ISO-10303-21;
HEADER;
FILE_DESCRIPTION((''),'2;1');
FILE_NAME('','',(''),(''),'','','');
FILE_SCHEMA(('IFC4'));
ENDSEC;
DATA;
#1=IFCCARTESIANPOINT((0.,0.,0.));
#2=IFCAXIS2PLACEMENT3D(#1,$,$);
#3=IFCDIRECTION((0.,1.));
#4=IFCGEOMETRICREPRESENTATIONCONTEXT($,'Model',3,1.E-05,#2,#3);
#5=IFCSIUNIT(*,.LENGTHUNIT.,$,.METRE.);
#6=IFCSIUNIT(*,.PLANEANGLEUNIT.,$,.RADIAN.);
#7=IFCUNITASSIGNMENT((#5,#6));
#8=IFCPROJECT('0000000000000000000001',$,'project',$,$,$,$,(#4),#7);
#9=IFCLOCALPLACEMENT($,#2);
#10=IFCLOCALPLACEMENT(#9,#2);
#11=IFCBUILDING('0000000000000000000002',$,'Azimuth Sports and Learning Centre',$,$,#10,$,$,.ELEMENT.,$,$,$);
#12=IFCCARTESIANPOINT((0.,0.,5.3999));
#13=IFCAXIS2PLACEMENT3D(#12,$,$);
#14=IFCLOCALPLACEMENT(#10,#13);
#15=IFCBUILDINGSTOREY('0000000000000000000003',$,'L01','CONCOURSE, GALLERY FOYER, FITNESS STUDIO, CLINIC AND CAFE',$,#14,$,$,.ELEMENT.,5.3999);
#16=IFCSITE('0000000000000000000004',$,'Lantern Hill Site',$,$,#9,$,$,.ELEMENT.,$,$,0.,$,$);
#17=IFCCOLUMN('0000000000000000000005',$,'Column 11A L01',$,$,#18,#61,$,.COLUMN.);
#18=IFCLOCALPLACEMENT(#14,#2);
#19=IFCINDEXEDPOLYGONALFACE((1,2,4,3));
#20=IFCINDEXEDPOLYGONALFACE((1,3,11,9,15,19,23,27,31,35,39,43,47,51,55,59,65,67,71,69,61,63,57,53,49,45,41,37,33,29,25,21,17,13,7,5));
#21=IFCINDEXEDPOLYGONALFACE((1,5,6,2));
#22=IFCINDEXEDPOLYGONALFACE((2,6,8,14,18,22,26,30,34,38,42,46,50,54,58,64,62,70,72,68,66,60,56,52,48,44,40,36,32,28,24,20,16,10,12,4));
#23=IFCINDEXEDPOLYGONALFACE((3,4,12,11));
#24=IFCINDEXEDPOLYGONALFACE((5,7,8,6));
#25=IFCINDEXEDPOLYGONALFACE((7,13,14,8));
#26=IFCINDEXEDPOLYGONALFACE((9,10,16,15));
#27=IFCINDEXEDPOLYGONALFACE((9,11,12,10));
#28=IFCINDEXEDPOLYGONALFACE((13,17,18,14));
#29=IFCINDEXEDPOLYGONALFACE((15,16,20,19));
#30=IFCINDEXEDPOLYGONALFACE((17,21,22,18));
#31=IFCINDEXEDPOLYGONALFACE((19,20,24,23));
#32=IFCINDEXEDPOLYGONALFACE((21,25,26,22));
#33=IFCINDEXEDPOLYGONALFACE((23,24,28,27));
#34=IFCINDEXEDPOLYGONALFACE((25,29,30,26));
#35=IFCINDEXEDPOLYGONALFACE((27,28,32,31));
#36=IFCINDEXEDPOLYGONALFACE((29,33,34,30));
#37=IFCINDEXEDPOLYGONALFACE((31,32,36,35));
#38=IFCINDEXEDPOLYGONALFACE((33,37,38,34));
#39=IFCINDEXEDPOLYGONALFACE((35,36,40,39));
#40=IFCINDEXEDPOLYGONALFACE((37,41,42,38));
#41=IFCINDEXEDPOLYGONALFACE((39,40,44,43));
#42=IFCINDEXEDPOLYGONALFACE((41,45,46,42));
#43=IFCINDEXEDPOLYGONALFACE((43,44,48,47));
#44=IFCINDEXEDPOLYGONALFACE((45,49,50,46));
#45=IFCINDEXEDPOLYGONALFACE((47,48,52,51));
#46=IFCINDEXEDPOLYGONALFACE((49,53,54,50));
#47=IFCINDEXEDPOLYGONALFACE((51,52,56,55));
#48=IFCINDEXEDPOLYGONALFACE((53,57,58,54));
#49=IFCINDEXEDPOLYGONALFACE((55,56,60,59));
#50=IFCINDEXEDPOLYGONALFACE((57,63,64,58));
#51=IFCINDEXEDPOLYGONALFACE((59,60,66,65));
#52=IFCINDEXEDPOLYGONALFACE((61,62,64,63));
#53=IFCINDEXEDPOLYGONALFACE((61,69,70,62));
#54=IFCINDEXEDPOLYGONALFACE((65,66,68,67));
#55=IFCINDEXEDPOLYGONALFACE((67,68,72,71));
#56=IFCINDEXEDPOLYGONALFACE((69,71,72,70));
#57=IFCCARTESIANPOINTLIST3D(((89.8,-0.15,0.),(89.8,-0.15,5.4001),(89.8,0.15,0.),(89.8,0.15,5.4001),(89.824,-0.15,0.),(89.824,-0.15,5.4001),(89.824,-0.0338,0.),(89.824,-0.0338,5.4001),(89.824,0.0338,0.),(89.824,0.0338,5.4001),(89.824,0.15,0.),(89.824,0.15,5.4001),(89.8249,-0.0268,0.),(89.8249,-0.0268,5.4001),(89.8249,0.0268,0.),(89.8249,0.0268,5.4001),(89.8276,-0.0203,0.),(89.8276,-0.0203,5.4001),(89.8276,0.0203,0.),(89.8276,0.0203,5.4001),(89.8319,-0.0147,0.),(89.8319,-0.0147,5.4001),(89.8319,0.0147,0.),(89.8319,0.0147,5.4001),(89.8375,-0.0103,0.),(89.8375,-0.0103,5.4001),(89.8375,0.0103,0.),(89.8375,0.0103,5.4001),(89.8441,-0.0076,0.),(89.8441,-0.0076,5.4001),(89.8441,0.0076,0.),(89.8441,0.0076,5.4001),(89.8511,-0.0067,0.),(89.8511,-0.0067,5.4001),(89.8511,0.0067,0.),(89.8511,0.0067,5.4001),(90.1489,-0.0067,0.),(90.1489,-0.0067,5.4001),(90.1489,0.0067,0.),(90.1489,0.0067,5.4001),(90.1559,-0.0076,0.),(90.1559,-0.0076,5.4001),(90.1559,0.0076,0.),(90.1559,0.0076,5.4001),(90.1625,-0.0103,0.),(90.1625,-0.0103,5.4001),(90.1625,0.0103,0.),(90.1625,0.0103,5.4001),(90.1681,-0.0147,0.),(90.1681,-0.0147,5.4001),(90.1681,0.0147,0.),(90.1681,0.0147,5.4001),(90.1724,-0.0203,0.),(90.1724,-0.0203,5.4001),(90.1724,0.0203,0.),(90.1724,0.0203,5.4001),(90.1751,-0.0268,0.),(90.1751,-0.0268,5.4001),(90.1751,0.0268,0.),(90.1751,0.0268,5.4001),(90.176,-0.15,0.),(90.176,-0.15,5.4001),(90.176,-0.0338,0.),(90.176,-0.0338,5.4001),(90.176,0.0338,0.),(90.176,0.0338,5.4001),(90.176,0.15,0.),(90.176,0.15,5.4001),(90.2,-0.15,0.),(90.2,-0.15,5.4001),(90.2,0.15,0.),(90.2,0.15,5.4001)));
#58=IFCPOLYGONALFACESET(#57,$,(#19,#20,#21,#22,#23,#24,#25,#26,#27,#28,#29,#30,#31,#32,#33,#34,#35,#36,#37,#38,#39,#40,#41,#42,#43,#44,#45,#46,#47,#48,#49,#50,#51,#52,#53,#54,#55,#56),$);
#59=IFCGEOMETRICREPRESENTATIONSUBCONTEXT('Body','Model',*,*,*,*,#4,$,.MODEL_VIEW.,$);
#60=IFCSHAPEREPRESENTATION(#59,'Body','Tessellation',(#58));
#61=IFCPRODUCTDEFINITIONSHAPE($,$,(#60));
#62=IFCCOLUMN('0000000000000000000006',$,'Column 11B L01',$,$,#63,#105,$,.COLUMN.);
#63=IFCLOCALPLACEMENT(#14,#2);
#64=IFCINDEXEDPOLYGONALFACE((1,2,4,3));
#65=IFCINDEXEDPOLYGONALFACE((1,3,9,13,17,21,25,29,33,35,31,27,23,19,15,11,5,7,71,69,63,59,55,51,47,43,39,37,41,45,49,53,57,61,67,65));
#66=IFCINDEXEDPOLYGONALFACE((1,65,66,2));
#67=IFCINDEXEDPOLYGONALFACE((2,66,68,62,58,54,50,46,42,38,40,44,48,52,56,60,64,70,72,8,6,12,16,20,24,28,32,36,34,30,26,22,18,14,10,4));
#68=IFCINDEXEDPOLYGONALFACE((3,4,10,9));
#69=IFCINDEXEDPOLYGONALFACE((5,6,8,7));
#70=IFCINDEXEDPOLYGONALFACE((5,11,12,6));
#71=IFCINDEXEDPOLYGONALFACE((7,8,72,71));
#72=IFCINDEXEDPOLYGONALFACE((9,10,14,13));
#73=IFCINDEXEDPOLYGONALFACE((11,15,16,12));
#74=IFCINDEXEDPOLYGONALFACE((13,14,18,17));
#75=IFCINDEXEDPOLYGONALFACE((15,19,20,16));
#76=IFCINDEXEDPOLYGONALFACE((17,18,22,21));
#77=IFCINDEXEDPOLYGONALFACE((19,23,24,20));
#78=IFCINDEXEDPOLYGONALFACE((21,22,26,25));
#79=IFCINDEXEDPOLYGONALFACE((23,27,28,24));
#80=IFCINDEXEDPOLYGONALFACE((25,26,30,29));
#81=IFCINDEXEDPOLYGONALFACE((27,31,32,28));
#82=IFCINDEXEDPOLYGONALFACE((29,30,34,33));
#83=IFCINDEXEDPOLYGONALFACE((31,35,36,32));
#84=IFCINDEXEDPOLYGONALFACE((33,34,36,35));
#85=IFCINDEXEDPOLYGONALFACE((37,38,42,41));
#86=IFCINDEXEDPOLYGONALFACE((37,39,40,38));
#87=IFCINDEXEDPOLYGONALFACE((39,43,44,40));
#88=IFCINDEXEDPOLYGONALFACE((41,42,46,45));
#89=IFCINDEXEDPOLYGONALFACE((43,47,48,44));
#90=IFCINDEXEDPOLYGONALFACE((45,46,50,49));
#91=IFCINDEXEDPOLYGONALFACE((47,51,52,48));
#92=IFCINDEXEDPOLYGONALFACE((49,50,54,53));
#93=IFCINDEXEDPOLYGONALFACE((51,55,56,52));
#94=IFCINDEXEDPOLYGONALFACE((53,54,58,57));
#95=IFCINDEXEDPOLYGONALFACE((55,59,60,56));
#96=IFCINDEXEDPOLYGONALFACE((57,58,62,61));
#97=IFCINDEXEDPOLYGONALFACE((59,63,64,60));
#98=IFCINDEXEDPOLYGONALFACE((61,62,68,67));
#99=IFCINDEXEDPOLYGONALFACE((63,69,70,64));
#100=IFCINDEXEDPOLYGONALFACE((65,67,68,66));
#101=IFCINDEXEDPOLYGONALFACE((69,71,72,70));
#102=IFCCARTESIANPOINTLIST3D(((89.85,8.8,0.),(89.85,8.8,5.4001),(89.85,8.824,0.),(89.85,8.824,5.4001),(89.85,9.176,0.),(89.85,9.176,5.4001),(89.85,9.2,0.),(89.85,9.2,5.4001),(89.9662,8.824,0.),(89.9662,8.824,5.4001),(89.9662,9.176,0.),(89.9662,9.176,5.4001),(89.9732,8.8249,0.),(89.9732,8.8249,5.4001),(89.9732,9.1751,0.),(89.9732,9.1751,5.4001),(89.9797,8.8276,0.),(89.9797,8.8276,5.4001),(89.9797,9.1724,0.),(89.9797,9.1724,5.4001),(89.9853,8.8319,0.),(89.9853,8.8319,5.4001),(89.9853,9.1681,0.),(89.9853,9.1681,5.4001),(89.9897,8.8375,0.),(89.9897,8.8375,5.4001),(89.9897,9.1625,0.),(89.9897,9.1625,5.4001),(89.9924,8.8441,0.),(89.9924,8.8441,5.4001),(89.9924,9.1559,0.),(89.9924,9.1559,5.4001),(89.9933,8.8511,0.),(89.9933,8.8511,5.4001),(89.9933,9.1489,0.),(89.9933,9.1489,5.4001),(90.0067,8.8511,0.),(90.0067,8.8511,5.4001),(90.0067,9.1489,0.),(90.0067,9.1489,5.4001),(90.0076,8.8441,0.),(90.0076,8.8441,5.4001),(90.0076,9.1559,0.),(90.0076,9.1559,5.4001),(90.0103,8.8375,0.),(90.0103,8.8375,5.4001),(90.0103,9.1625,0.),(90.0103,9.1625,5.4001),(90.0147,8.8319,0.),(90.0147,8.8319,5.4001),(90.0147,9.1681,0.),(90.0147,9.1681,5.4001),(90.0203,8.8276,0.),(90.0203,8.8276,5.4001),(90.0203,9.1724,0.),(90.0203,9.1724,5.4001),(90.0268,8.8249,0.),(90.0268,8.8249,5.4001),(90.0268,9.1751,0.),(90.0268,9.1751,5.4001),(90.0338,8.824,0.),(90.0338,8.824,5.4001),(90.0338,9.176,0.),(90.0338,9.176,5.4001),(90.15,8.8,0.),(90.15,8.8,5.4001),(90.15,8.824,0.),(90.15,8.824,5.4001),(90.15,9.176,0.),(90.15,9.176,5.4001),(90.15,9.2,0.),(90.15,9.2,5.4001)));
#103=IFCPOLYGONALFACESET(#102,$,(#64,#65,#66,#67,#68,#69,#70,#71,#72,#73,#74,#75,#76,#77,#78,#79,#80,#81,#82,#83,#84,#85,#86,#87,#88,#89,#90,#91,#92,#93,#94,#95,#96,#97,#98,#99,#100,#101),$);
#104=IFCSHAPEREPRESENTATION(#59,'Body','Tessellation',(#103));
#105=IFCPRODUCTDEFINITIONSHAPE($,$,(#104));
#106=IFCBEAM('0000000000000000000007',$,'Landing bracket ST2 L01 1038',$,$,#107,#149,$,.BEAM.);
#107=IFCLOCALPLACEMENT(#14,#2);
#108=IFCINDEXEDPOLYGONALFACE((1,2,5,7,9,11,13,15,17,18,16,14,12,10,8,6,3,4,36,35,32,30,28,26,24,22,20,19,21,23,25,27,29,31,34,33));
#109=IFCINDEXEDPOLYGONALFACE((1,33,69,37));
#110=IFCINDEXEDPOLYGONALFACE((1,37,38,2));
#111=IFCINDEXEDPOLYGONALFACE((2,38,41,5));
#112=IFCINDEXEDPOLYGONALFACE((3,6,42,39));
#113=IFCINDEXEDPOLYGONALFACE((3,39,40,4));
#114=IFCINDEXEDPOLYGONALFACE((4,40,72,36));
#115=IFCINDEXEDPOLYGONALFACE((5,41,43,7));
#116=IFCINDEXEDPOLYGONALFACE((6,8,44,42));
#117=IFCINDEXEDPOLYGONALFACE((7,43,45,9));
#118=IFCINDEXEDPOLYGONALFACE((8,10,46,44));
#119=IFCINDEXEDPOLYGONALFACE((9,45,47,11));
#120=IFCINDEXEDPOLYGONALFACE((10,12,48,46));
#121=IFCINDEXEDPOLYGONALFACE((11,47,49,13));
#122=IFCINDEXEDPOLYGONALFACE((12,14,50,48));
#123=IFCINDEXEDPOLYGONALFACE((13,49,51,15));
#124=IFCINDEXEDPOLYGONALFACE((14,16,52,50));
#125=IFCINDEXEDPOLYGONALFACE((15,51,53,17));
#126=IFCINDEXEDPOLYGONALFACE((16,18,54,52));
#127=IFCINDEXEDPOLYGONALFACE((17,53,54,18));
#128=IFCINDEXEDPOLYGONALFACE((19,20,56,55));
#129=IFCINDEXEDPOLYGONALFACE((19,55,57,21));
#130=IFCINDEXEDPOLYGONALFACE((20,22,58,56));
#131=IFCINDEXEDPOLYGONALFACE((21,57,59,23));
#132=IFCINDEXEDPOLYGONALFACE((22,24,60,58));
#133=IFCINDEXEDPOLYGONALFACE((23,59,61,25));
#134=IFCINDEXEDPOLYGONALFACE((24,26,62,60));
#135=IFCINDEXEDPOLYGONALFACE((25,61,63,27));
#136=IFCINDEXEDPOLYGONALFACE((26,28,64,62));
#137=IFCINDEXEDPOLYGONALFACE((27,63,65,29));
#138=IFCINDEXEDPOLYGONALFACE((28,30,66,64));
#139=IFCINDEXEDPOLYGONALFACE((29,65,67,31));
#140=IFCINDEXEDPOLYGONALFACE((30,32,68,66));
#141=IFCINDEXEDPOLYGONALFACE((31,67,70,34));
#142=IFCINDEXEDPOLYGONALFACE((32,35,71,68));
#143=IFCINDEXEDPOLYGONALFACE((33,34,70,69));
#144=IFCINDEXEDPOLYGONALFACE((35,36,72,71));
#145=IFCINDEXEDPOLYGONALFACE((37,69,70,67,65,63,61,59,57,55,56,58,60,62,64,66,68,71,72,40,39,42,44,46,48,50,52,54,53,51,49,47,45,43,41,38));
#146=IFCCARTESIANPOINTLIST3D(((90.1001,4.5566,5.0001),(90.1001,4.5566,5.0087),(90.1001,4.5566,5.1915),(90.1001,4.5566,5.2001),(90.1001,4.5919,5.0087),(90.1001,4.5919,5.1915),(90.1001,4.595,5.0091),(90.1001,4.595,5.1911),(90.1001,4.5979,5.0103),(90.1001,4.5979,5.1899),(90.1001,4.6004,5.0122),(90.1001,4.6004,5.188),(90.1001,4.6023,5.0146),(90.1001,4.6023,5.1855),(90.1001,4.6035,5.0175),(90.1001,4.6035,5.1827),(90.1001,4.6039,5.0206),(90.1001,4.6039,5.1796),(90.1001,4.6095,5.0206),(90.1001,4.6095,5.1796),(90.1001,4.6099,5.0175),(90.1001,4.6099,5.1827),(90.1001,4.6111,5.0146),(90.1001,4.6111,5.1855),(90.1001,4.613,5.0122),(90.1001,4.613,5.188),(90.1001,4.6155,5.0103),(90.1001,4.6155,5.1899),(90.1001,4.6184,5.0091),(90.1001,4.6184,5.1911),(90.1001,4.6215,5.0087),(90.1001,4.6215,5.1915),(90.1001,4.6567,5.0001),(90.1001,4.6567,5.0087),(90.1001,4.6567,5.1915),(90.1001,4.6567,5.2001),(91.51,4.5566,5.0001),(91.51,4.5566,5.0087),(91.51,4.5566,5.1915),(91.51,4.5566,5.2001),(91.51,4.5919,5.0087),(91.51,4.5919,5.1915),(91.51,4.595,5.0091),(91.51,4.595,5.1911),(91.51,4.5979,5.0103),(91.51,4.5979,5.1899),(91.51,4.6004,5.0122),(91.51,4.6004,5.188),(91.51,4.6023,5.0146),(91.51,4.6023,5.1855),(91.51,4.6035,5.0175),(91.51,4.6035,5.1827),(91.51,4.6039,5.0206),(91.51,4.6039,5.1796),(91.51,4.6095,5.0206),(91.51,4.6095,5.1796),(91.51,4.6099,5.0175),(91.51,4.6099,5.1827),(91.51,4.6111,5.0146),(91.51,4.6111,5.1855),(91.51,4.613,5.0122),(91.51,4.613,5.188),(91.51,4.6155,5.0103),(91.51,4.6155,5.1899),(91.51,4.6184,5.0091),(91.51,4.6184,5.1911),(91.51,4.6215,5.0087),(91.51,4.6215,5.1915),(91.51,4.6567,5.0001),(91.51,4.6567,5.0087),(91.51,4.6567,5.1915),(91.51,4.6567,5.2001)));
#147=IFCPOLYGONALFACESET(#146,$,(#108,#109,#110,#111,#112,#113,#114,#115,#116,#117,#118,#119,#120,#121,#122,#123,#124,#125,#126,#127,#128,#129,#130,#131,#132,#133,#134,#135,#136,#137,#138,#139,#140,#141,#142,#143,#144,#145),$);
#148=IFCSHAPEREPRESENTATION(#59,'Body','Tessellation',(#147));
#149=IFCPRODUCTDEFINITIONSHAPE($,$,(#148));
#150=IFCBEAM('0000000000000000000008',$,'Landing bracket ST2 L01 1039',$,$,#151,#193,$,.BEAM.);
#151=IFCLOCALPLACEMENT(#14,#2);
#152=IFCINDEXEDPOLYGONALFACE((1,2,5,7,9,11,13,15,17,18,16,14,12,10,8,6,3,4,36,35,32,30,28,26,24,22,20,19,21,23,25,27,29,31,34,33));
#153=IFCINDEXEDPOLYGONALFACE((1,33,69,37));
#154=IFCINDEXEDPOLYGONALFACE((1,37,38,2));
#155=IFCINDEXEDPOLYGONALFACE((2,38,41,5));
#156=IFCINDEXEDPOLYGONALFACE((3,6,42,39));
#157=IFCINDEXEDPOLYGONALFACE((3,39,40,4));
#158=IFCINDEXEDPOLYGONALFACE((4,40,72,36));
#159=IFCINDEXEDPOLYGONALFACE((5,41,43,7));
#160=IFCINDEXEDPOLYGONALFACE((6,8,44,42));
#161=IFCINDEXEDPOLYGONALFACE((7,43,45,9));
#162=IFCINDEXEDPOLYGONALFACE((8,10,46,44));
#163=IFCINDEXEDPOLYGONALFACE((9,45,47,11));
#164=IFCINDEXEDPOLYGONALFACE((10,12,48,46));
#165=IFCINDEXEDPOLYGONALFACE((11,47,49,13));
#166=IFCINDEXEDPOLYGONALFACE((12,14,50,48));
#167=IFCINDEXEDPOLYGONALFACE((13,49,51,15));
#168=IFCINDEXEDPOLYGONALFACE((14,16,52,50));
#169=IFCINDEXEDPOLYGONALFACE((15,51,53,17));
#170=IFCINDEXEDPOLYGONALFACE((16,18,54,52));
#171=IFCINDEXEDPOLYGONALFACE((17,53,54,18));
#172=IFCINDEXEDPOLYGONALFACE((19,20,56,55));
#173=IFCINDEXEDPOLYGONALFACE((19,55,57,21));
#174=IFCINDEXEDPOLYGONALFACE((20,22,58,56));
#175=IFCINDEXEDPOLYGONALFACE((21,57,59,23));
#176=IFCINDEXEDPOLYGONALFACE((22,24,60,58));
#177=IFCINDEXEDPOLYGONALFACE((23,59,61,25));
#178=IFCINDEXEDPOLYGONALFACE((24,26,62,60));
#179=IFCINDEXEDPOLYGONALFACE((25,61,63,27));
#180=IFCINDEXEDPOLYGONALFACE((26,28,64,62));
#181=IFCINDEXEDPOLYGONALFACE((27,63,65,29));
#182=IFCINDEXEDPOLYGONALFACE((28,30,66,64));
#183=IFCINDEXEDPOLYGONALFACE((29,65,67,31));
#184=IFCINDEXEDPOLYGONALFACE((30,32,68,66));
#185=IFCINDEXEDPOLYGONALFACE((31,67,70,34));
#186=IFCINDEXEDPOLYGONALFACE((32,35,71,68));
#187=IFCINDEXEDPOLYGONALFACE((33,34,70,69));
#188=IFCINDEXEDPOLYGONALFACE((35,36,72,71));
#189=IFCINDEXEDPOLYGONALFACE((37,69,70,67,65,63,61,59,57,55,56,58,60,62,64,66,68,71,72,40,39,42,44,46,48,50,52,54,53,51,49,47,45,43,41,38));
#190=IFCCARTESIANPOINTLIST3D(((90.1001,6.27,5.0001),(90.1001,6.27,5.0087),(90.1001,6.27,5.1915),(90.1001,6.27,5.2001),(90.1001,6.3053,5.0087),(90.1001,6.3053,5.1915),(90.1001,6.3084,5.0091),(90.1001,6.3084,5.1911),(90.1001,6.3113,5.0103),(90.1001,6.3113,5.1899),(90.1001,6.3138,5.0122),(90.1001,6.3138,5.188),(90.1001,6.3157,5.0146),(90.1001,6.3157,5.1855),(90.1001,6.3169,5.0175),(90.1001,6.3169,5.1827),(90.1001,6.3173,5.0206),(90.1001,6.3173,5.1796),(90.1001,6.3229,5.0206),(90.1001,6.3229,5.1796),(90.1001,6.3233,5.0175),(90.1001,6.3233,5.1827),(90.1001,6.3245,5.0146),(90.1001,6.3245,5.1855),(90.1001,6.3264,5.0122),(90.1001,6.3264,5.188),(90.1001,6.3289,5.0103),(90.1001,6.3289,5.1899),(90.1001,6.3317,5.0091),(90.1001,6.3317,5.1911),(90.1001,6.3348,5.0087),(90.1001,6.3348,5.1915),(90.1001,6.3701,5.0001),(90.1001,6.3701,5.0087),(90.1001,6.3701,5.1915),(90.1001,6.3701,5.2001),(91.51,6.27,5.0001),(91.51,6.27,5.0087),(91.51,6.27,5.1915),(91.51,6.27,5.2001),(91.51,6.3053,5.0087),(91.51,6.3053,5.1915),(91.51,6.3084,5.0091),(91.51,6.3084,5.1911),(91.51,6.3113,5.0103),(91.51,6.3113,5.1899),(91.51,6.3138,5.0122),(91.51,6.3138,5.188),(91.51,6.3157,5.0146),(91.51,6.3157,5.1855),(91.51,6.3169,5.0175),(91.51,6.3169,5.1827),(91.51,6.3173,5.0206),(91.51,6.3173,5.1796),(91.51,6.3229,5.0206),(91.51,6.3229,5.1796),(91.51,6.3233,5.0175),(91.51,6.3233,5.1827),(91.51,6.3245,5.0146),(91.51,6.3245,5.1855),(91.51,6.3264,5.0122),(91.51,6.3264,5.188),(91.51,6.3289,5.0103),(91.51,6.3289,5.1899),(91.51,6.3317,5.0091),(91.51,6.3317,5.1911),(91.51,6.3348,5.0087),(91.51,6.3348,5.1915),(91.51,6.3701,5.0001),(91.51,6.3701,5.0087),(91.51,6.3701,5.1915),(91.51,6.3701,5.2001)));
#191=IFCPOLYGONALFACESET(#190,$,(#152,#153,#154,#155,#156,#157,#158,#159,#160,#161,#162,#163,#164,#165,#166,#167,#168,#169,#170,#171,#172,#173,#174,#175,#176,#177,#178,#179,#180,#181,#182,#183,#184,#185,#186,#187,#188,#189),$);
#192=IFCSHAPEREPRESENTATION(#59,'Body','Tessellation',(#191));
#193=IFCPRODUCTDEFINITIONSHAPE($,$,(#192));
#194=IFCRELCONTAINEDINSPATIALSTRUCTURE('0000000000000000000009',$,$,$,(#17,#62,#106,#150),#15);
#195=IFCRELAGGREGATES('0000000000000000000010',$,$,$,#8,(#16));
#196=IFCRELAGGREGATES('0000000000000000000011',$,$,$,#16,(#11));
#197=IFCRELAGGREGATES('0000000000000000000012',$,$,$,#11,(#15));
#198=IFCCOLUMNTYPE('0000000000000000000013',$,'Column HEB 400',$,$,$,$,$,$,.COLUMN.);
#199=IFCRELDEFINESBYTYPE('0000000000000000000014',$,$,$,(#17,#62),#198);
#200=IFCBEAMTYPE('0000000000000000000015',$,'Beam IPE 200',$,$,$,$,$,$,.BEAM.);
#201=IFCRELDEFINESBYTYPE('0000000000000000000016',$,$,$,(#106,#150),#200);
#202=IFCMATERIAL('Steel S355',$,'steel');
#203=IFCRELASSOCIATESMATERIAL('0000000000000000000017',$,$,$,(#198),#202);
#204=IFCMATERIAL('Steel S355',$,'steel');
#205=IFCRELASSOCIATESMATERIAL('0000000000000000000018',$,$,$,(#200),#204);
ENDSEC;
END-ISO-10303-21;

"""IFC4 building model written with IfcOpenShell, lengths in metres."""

from ifc_helpers import new_model, si_unit, direction, frame, origin, origin_2d, place, context, subcontext, project, spatial, i_section, extrude, material, material_profile, profile_set, type_object, element, save


model = new_model("IFC4")

# Units and contexts
model_context = context("Model", 3, precision=1e-05, world=origin(), true_north=direction((0.0, 1.0)))
body_context = subcontext(model_context, "Body", "Model", "MODEL_VIEW")
ifc_project = project(units=[si_unit("LENGTHUNIT", "METRE"), si_unit("PLANEANGLEUNIT", "RADIAN")], contexts=[model_context])

# Site, building, storey
site_placement = place(None, origin())
site = spatial("IfcSite", under=ifc_project, at=site_placement, Name="Lantern Hill Site", CompositionType="ELEMENT", RefElevation=0.0)
building_placement = place(site_placement, origin())
building = spatial("IfcBuilding", under=site, at=building_placement, Name="Azimuth Sports and Learning Centre", CompositionType="ELEMENT")
storey_placement = place(building_placement, frame((0.0, 0.0, 5.3999)))
storey = spatial("IfcBuildingStorey", under=building, at=storey_placement, Name="L01", Description="CONCOURSE, GALLERY FOYER, FITNESS STUDIO, CLINIC AND CAFE", CompositionType="ELEMENT", Elevation=5.3999)

# Columns
ifc_material_1 = material(Name="Steel S355", Category="steel")
ifc_material_profile_1 = material_profile(ifc_material_1, i_section(OverallWidth=0.3, OverallDepth=0.3999, WebThickness=0.0134, FlangeThickness=0.0239, FilletRadius=0.0271, at=origin_2d()), Name="HEB 400")
ifc_profile_set_1 = profile_set([ifc_material_profile_1], Name="Steel S355")
column_type = type_object("IfcColumnType", Name="Column HEB 400", PredefinedType="COLUMN", material=ifc_profile_set_1)
for number, where, z_axis, x_axis, name in (
    (1, (90.0, 0.0, 0.0), (0.0, 0.0, 1.0), (0.0, 1.0, 0.0), "Column 11A L01"),
    (2, (90.0, 9.0, 0.0), (0.0, 0.0, 1.0), (1.0, 0.0, 0.0), "Column 11B L01"),
):
    element("IfcColumn", number, at=place(storey_placement, frame(where, z_axis=z_axis, x_axis=x_axis)), inside=storey, type_object=column_type, Name=name, PredefinedType="COLUMN", context=body_context, shape_type="SweptSolid", body=[
        extrude(i_section(OverallWidth=0.3, OverallDepth=0.3999, WebThickness=0.0134, FlangeThickness=0.0239, FilletRadius=0.0271, at=origin_2d()), origin(), (0.0, 0.0, 1.0), 5.4001),
    ])

# Beams
ifc_material_2 = material(Name="Steel S355", Category="steel")
ifc_material_profile_2 = material_profile(ifc_material_2, i_section(OverallWidth=0.1001, OverallDepth=0.2, WebThickness=0.0056, FlangeThickness=0.0085, FilletRadius=0.012, at=origin_2d()), Name="IPE 200")
ifc_profile_set_2 = profile_set([ifc_material_profile_2], Name="Steel S355")
beam_type_1 = type_object("IfcBeamType", Name="Beam IPE 200", PredefinedType="BEAM", material=ifc_profile_set_2)
for number, where, z_axis, x_axis, name in (
    (3, (90.1001, 4.6067, 5.1001), (1.0, 0.0, 0.0), (0.0, 1.0, 0.0), "Landing bracket ST2 L01 1038"),
    (4, (90.1001, 6.3201, 5.1001), (1.0, 0.0, 0.0), (0.0, 1.0, 0.0), "Landing bracket ST2 L01 1039"),
):
    element("IfcBeam", number, at=place(storey_placement, frame(where, z_axis=z_axis, x_axis=x_axis)), inside=storey, type_object=beam_type_1, Name=name, PredefinedType="BEAM", context=body_context, shape_type="SweptSolid", body=[
        extrude(i_section(OverallWidth=0.1001, OverallDepth=0.2, WebThickness=0.0056, FlangeThickness=0.0085, FilletRadius=0.012, at=origin_2d()), origin(), (0.0, 0.0, 1.0), 1.4099),
    ])

save(model, "model.ifc")
